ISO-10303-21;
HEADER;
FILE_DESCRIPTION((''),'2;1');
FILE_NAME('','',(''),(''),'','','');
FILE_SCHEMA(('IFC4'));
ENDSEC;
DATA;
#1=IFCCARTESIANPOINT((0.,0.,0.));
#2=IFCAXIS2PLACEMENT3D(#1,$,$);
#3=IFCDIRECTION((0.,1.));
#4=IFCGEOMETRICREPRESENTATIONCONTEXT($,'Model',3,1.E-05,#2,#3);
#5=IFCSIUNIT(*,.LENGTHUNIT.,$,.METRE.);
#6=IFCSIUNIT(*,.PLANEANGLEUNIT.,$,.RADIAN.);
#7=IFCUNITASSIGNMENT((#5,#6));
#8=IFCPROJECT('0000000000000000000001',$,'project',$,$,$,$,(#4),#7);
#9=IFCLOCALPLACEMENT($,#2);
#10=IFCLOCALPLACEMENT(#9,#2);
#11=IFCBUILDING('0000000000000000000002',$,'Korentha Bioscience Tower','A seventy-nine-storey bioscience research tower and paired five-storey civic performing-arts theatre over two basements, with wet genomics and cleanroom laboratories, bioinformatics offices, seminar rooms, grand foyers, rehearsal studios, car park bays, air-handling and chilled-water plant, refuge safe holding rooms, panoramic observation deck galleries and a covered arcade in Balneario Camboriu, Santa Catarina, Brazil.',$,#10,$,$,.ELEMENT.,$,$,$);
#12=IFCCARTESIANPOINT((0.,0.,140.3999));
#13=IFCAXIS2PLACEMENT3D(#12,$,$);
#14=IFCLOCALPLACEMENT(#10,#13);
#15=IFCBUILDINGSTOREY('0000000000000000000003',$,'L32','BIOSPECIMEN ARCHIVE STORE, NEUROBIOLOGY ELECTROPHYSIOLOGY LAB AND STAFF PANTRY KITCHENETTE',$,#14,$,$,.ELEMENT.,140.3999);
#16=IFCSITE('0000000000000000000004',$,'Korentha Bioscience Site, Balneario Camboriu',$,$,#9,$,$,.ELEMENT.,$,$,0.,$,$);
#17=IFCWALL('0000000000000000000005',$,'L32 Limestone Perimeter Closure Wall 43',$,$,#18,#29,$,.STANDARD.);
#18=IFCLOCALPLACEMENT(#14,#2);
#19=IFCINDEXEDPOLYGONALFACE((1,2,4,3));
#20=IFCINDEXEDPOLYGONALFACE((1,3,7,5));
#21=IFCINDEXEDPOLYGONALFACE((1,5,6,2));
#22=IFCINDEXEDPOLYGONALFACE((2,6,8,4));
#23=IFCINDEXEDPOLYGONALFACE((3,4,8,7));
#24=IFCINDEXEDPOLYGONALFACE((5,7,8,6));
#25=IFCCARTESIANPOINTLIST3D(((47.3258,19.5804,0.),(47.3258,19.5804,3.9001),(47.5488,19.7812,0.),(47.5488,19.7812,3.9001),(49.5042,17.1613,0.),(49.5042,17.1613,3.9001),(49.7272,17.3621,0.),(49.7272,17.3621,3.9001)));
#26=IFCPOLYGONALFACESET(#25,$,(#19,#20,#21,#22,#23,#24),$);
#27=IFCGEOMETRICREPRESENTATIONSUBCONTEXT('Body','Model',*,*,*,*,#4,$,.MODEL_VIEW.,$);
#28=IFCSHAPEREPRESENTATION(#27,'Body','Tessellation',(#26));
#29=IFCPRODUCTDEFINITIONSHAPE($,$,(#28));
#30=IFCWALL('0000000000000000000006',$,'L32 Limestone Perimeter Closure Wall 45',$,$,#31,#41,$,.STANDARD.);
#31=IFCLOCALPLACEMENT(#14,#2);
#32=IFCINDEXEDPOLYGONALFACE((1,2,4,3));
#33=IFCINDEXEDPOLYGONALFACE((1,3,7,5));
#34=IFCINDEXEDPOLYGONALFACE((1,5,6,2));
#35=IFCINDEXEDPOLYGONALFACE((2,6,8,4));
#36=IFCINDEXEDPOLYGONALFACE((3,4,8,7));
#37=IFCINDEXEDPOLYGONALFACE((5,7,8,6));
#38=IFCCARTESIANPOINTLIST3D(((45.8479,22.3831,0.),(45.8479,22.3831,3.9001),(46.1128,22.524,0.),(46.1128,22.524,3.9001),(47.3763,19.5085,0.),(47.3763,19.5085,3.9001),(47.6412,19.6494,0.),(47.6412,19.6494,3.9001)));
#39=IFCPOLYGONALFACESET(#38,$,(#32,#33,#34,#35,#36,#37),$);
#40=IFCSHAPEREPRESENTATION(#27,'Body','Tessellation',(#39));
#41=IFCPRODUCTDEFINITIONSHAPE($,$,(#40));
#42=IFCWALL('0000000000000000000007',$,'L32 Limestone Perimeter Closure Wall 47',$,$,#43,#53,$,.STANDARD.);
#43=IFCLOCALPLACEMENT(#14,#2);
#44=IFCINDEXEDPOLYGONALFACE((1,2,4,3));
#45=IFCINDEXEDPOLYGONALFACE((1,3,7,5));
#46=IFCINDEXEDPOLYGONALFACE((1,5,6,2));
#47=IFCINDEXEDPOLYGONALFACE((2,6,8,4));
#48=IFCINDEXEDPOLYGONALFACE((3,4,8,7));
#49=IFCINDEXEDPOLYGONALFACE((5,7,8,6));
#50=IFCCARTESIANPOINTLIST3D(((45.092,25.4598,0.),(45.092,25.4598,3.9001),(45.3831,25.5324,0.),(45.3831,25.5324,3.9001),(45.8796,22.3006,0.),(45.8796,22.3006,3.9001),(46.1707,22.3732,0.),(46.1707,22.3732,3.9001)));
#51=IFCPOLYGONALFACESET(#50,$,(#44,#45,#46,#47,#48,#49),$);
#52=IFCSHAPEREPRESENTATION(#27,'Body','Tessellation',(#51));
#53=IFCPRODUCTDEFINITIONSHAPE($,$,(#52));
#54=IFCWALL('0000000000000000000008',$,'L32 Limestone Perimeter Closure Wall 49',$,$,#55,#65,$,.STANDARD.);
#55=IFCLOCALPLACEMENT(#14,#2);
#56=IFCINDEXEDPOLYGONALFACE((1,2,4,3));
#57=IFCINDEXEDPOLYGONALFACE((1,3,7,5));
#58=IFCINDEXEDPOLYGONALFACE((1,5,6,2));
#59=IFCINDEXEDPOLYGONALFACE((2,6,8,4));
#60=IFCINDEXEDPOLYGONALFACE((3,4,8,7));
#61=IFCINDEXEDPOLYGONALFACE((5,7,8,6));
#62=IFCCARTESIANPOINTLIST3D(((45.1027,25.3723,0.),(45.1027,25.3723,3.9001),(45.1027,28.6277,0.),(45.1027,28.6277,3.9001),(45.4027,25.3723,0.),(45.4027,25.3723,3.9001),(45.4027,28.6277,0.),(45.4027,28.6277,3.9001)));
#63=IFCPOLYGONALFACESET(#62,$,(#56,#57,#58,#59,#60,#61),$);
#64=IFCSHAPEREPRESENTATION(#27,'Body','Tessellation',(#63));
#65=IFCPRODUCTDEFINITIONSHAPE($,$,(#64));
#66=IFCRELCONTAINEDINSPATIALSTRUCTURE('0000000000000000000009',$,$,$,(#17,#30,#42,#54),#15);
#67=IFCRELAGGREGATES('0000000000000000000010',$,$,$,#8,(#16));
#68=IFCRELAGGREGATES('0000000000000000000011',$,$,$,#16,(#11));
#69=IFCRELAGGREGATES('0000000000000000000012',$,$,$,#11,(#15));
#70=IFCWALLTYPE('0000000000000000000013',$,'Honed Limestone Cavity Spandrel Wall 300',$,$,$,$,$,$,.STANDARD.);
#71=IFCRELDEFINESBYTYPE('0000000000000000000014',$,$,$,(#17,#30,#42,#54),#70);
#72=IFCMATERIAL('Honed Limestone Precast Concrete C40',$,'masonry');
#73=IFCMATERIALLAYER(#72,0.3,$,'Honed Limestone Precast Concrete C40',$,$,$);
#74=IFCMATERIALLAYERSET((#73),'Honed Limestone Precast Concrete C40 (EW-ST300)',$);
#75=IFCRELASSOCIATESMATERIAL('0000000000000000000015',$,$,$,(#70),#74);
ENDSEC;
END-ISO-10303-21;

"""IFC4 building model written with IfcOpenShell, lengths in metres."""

from ifc_helpers import new_model, si_unit, direction, frame, frame_2d, origin, place, context, subcontext, project, spatial, rectangle, extrude, material, layer, layer_set, type_object, element, save


model = new_model("IFC4")

# Units and contexts
model_context = context("Model", 3, precision=1e-05, world=origin(), true_north=direction((0.0, 1.0)))
body_context = subcontext(model_context, "Body", "Model", "MODEL_VIEW")
ifc_project = project(units=[si_unit("LENGTHUNIT", "METRE"), si_unit("PLANEANGLEUNIT", "RADIAN")], contexts=[model_context])

# Site, building, storey
site_placement = place(None, origin())
site = spatial("IfcSite", under=ifc_project, at=site_placement, Name="Korentha Bioscience Site, Balneario Camboriu", CompositionType="ELEMENT", RefElevation=0.0)
building_placement = place(site_placement, origin())
building = spatial("IfcBuilding", under=site, at=building_placement, Name="Korentha Bioscience Tower", Description="A seventy-nine-storey bioscience research tower and paired five-storey civic performing-arts theatre over two basements, with wet genomics and cleanroom laboratories, bioinformatics offices, seminar rooms, grand foyers, rehearsal studios, car park bays, air-handling and chilled-water plant, refuge safe holding rooms, panoramic observation deck galleries and a covered arcade in Balneario Camboriu, Santa Catarina, Brazil.", CompositionType="ELEMENT")
storey_placement = place(building_placement, frame((0.0, 0.0, 140.3999)))
storey = spatial("IfcBuildingStorey", under=building, at=storey_placement, Name="L32", Description="BIOSPECIMEN ARCHIVE STORE, NEUROBIOLOGY ELECTROPHYSIOLOGY LAB AND STAFF PANTRY KITCHENETTE", CompositionType="ELEMENT", Elevation=140.3999)

# Walls
ifc_material_1 = material(Name="Honed Limestone Precast Concrete C40", Category="masonry")
ifc_layer_1 = layer(ifc_material_1, 0.3, Name="Honed Limestone Precast Concrete C40")
ifc_layer_set_1 = layer_set([ifc_layer_1], Name="Honed Limestone Precast Concrete C40 (EW-ST300)")
wall_type_1 = type_object("IfcWallType", Name="Honed Limestone Cavity Spandrel Wall 300", PredefinedType="STANDARD", material=ifc_layer_set_1)
wall_1_placement = place(storey_placement, frame((49.6157, 17.2617, 0.0), z_axis=(0.0, 0.0, 1.0), x_axis=(-0.669168, 0.743111, 0.0)))
element("IfcWall", 1, at=wall_1_placement, inside=storey, type_object=wall_type_1, Name="L32 Limestone Perimeter Closure Wall 43", PredefinedType="STANDARD", context=body_context, shape_type="SweptSolid", body=[
    extrude(rectangle(XDim=3.2554, YDim=0.3, at=frame_2d((1.6277, 0.0))), origin(), (0.0, 0.0, 1.0), 3.9001),
])
wall_2_placement = place(storey_placement, frame((47.5088, 19.5789, 0.0), z_axis=(0.0, 0.0, 1.0), x_axis=(-0.469451, 0.882958, 0.0)))
element("IfcWall", 2, at=wall_2_placement, inside=storey, type_object=wall_type_1, Name="L32 Limestone Perimeter Closure Wall 45", PredefinedType="STANDARD", context=body_context, shape_type="SweptSolid", body=[
    extrude(rectangle(XDim=3.2556, YDim=0.3, at=frame_2d((1.6279, 0.0))), origin(), (0.0, 0.0, 1.0), 3.9001),
])
wall_3_placement = place(storey_placement, frame((46.0251, 22.3369, 0.0), z_axis=(0.0, 0.0, 1.0), x_axis=(-0.2419, 0.970301, 0.0)))
element("IfcWall", 3, at=wall_3_placement, inside=storey, type_object=wall_type_1, Name="L32 Limestone Perimeter Closure Wall 47", PredefinedType="STANDARD", context=body_context, shape_type="SweptSolid", body=[
    extrude(rectangle(XDim=3.2559, YDim=0.3, at=frame_2d((1.6279, 0.0))), origin(), (0.0, 0.0, 1.0), 3.9001),
])
wall_4_placement = place(storey_placement, frame((45.2527, 25.3723, 0.0), z_axis=(0.0, 0.0, 1.0), x_axis=(0.0, 1.0, 0.0)))
element("IfcWall", 4, at=wall_4_placement, inside=storey, type_object=wall_type_1, Name="L32 Limestone Perimeter Closure Wall 49", PredefinedType="STANDARD", context=body_context, shape_type="SweptSolid", body=[
    extrude(rectangle(XDim=3.2554, YDim=0.3, at=frame_2d((1.6277, 0.0))), origin(), (0.0, 0.0, 1.0), 3.9001),
])

save(model, "model.ifc")
